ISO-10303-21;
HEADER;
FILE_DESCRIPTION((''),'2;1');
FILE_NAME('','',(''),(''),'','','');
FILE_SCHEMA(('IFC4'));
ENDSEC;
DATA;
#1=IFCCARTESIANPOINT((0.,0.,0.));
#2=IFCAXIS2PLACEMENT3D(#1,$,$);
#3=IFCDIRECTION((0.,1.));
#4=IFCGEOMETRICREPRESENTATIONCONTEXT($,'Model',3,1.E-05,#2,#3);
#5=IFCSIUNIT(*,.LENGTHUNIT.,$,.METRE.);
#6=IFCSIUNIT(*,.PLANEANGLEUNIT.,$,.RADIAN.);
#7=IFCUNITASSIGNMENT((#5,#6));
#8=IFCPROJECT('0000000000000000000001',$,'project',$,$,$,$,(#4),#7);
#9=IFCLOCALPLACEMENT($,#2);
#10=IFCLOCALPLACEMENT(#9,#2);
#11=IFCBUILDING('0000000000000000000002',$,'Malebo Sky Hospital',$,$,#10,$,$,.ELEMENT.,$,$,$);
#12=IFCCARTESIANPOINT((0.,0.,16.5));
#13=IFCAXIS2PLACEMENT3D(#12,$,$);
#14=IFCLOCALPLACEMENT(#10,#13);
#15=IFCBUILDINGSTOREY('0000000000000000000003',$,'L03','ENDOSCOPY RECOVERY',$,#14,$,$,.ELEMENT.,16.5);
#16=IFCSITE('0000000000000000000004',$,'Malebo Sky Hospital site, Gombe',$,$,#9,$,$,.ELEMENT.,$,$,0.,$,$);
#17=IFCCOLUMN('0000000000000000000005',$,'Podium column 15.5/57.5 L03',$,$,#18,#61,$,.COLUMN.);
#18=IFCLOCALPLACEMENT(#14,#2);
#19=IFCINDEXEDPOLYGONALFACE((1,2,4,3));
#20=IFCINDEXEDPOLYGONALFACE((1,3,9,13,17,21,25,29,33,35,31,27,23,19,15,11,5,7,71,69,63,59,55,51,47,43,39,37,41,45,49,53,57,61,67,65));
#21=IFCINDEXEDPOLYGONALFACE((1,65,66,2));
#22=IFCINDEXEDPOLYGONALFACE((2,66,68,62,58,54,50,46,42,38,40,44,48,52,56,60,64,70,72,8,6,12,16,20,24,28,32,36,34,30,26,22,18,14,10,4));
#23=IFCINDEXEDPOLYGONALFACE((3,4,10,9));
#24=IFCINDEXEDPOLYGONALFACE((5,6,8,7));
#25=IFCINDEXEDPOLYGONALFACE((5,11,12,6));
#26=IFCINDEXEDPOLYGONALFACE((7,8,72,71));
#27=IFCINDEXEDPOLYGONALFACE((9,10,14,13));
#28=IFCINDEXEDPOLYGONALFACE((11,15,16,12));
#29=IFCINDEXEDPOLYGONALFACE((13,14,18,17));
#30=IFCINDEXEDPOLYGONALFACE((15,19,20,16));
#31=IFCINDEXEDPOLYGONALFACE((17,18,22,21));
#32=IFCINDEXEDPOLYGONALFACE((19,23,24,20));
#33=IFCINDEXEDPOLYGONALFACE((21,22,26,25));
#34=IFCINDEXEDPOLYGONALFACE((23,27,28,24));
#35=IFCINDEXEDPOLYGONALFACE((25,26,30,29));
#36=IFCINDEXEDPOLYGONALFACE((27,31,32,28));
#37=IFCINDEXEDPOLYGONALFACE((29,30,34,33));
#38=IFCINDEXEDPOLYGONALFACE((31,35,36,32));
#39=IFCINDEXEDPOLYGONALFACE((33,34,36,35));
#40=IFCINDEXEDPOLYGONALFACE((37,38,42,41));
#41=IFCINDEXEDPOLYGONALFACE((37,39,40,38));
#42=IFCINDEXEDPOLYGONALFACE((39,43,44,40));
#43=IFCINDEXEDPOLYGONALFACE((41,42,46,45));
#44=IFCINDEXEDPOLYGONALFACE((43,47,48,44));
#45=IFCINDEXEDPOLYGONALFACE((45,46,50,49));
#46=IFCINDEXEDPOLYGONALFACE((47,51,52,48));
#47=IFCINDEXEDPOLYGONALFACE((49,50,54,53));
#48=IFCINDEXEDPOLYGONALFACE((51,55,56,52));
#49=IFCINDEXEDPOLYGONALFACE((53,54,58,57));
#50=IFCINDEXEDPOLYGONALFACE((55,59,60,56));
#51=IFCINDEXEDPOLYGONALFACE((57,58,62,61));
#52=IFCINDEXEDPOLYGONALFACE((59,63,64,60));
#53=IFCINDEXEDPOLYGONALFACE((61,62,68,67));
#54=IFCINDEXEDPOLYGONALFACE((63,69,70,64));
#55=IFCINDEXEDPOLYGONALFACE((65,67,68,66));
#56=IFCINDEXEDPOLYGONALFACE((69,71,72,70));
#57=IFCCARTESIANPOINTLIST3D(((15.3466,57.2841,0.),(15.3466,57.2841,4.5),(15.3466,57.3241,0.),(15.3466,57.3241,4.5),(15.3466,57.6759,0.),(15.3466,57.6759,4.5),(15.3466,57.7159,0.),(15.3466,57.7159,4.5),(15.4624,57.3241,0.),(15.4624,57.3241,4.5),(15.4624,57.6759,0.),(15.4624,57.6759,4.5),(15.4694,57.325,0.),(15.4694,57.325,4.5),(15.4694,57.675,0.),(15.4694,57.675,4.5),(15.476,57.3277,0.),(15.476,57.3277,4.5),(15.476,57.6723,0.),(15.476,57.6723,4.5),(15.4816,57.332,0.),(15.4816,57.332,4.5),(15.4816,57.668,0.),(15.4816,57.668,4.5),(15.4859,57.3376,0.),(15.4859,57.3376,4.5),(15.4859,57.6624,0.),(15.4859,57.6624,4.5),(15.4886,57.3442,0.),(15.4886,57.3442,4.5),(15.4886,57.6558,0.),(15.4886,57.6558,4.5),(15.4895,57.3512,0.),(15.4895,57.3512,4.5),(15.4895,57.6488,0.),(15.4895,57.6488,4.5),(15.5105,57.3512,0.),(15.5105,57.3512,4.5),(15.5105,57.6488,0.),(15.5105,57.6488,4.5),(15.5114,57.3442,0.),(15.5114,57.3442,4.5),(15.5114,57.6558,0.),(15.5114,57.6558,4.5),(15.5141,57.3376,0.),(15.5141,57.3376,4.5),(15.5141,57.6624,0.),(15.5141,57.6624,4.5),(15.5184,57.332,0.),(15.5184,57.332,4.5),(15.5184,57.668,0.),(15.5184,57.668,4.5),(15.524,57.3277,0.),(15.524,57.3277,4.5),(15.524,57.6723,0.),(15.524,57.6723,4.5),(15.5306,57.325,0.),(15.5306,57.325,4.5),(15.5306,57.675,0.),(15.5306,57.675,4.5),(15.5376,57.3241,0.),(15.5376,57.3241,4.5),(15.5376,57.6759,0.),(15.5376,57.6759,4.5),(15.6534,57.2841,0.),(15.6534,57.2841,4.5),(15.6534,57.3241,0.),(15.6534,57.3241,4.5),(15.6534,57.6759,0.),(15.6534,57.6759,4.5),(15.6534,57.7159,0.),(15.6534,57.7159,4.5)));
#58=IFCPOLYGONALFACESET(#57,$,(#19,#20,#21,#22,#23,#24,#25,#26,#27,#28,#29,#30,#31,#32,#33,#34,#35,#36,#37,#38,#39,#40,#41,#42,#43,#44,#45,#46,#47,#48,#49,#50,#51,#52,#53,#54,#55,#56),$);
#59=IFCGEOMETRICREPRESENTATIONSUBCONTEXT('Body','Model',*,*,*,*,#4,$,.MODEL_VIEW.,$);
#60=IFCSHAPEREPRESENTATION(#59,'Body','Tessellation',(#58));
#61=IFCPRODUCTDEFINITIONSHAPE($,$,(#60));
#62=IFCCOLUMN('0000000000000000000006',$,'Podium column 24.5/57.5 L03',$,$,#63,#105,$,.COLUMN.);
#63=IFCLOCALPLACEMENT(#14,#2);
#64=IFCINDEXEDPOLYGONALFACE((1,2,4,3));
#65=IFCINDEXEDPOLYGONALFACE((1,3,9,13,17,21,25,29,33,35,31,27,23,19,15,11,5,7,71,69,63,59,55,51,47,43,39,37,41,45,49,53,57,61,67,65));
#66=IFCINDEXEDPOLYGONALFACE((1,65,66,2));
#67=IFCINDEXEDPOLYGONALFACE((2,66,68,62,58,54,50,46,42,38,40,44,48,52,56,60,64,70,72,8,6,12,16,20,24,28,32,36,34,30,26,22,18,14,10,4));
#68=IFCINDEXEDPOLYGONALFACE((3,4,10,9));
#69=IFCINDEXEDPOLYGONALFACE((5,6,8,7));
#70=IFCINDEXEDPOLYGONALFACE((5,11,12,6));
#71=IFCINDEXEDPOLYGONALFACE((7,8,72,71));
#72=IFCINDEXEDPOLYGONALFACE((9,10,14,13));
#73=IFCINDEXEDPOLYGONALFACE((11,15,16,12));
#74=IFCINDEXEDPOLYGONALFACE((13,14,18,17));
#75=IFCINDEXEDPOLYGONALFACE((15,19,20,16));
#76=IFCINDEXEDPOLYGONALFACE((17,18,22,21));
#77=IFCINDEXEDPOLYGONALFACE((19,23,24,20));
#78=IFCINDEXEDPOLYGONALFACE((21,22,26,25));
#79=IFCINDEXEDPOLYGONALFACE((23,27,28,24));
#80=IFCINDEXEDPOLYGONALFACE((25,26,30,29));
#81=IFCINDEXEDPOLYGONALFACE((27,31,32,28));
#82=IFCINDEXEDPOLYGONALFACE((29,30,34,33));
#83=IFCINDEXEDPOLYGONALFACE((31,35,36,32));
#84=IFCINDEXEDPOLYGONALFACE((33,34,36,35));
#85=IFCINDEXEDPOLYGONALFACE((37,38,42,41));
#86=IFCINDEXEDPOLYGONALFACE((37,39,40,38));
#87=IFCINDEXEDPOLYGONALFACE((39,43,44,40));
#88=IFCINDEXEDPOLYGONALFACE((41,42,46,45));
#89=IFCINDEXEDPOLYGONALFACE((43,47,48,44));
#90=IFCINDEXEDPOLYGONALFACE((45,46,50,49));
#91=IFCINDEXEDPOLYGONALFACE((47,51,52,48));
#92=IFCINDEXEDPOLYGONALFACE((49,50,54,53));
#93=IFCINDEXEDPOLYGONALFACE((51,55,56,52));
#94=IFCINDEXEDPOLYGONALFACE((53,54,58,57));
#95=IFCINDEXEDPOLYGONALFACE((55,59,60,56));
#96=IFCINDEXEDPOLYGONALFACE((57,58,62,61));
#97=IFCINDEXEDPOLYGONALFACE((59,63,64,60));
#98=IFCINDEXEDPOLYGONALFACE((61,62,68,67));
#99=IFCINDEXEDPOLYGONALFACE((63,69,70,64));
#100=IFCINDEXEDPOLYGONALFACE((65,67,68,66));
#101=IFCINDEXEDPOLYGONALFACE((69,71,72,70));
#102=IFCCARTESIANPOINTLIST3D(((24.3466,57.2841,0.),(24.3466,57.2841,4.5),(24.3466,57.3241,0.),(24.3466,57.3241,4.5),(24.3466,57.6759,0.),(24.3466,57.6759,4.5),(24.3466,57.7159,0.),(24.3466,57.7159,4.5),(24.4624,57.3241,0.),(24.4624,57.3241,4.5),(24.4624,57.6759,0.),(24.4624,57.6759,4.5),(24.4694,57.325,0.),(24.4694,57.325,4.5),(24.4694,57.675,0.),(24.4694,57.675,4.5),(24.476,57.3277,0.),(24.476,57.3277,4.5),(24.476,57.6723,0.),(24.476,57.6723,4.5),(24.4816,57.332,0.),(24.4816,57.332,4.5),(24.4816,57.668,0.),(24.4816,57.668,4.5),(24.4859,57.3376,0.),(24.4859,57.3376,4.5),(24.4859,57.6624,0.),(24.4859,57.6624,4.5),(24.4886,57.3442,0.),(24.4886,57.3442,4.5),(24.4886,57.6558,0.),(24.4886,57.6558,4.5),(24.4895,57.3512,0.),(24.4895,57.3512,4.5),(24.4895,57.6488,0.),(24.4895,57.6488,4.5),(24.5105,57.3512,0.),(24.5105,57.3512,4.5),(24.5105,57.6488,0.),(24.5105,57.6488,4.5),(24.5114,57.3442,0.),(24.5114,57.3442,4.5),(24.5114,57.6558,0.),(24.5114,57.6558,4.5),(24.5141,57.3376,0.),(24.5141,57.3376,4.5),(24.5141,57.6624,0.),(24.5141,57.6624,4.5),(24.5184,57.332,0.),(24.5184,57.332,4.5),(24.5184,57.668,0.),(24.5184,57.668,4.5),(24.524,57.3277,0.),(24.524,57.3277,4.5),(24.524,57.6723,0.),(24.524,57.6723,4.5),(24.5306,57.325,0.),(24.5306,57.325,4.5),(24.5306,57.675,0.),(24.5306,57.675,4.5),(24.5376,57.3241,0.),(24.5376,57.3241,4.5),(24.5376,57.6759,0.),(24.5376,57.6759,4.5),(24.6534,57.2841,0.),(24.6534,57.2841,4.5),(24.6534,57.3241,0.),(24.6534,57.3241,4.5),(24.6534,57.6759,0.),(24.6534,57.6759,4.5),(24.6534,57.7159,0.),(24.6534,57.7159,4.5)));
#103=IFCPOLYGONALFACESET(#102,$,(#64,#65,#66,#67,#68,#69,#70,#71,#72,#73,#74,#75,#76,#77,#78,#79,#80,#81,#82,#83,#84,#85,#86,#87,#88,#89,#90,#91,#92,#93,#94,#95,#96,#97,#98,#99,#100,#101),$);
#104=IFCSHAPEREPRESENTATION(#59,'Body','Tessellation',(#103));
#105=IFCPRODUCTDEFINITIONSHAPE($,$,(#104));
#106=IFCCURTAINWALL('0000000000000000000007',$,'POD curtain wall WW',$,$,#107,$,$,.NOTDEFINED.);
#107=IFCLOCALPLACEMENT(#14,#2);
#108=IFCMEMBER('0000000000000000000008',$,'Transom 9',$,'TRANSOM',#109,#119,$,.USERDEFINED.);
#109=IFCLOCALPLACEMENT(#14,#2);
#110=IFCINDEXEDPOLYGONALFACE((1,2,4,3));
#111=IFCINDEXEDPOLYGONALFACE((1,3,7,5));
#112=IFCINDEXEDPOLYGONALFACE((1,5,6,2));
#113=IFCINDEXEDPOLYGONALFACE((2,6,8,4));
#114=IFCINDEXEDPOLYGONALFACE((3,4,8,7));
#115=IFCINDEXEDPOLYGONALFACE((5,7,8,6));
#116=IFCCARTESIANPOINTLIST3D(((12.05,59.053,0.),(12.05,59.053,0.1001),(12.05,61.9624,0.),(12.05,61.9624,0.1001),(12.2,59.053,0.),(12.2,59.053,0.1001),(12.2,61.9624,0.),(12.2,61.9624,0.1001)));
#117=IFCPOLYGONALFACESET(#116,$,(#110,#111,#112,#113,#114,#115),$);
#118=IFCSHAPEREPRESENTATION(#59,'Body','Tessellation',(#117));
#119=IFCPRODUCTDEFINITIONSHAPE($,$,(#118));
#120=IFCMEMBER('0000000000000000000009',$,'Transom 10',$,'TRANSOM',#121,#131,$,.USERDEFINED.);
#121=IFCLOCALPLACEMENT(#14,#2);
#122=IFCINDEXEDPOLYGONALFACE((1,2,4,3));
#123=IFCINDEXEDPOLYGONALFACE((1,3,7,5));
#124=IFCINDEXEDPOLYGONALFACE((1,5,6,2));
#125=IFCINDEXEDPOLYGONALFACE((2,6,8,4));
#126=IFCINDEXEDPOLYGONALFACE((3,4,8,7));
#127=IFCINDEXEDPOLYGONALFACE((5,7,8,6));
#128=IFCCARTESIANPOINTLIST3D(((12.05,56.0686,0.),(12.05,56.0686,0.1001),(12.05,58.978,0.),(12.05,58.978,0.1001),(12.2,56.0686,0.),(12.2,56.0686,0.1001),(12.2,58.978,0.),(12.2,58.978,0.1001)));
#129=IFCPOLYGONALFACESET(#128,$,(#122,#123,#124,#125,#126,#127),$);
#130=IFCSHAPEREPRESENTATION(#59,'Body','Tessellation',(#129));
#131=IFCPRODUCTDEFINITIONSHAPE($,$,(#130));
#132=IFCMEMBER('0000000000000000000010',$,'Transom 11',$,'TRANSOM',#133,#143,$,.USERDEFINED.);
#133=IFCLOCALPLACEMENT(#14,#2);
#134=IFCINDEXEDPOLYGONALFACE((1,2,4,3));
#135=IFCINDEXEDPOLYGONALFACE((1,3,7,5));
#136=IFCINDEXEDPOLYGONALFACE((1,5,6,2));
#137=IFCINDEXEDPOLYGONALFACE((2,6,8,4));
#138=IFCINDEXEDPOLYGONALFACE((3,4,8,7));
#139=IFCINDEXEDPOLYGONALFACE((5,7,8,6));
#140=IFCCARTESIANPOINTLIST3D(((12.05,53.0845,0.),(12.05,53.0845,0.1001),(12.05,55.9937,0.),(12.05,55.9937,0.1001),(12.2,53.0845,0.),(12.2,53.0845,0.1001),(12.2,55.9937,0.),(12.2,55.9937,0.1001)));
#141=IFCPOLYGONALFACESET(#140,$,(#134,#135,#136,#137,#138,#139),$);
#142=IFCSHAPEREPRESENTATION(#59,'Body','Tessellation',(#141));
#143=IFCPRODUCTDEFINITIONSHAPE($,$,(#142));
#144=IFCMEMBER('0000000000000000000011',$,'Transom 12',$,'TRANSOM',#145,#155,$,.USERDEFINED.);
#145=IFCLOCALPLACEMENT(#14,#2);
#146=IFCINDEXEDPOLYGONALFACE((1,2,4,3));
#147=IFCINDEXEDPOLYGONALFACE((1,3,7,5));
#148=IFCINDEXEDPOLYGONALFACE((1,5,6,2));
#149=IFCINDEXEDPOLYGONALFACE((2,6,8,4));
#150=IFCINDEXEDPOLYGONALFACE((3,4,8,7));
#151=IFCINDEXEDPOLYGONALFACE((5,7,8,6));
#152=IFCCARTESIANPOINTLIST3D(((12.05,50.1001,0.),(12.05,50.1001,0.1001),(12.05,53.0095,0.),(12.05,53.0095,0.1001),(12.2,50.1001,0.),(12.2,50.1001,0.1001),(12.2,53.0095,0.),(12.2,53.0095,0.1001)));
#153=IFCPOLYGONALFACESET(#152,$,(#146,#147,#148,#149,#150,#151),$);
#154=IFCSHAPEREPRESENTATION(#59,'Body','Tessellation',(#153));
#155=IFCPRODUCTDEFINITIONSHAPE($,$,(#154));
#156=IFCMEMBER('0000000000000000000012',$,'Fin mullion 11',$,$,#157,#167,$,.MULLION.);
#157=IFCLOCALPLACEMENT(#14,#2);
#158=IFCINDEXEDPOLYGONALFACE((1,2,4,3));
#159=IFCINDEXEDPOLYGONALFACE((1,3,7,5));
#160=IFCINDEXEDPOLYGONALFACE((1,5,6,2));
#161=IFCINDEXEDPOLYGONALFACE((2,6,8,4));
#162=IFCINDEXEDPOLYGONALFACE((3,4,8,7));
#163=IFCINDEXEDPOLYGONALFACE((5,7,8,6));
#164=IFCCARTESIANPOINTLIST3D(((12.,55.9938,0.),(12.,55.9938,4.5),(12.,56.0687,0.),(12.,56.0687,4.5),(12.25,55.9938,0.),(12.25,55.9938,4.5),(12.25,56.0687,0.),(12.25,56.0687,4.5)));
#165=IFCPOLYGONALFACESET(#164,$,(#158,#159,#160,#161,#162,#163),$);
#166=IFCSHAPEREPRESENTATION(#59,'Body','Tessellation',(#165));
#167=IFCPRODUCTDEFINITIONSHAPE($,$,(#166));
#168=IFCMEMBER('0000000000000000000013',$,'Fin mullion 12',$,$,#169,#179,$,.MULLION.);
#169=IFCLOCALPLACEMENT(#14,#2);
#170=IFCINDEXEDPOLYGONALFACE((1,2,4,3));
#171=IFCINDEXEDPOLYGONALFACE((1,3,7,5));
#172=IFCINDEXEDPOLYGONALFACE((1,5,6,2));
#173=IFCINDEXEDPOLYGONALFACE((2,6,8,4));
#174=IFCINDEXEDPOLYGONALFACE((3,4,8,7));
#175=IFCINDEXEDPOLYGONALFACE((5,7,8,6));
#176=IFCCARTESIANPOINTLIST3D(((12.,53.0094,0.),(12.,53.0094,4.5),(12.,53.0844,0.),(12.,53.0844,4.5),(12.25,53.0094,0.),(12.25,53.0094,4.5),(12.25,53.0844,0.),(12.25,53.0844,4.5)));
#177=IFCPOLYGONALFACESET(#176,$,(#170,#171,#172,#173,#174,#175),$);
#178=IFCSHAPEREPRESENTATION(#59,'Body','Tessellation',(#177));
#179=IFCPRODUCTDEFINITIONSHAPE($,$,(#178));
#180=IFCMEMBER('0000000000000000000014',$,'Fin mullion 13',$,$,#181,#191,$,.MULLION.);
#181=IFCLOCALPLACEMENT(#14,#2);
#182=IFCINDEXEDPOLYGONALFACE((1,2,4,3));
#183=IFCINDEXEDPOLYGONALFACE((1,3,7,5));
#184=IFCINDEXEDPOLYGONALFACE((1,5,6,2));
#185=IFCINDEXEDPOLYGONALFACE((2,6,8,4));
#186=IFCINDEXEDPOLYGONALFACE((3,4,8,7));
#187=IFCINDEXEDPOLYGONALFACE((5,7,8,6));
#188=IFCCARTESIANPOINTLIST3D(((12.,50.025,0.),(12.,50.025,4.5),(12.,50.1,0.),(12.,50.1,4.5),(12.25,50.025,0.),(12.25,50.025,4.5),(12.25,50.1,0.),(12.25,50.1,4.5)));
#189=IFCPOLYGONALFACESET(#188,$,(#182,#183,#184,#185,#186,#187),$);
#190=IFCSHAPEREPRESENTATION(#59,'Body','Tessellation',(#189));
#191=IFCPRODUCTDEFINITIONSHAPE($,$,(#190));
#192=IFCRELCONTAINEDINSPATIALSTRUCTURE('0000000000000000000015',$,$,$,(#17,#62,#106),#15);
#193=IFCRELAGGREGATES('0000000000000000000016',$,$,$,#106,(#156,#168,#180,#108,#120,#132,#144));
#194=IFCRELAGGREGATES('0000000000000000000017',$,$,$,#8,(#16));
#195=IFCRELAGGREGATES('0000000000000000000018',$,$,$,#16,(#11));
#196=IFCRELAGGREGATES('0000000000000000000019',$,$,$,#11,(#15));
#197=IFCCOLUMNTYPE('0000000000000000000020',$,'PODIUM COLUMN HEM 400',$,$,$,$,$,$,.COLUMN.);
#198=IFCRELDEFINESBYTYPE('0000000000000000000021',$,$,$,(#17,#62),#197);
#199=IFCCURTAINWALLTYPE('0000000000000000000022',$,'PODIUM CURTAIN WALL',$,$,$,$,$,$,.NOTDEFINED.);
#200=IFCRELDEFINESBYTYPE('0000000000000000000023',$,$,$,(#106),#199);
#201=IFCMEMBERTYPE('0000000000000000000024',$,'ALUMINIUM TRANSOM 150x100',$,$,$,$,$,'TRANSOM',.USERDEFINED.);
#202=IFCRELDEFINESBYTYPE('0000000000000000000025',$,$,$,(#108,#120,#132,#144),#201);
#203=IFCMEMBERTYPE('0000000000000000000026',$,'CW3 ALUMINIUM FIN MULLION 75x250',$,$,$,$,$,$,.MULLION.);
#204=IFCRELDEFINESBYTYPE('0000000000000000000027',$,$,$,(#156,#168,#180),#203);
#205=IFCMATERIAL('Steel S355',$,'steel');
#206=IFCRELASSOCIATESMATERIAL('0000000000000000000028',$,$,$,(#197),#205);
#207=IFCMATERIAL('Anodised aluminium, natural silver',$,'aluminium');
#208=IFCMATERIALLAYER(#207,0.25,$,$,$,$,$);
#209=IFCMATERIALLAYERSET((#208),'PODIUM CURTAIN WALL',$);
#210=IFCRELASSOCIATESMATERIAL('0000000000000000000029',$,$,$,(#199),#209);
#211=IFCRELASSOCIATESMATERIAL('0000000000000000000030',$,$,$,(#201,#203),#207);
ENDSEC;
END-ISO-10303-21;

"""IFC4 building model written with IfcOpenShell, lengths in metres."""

from ifc_helpers import new_model, si_unit, direction, frame, origin, origin_2d, place, context, subcontext, project, spatial, rectangle, i_section, extrude, material, layer, layer_set, material_profile, profile_set, type_object, element, aggregate, save


model = new_model("IFC4")

# Units and contexts
model_context = context("Model", 3, precision=1e-05, world=origin(), true_north=direction((0.0, 1.0)))
body_context = subcontext(model_context, "Body", "Model", "MODEL_VIEW")
ifc_project = project(units=[si_unit("LENGTHUNIT", "METRE"), si_unit("PLANEANGLEUNIT", "RADIAN")], contexts=[model_context])

# Site, building, storey
site_placement = place(None, origin())
site = spatial("IfcSite", under=ifc_project, at=site_placement, Name="Malebo Sky Hospital site, Gombe", CompositionType="ELEMENT", RefElevation=0.0)
building_placement = place(site_placement, origin())
building = spatial("IfcBuilding", under=site, at=building_placement, Name="Malebo Sky Hospital", CompositionType="ELEMENT")
storey_placement = place(building_placement, frame((0.0, 0.0, 16.5)))
storey = spatial("IfcBuildingStorey", under=building, at=storey_placement, Name="L03", Description="ENDOSCOPY RECOVERY", CompositionType="ELEMENT", Elevation=16.5)

# Columns
ifc_material_1 = material(Name="Steel S355", Category="steel")
ifc_material_profile_1 = material_profile(ifc_material_1, i_section(OverallWidth=0.3069, OverallDepth=0.4319, WebThickness=0.021, FlangeThickness=0.04, FilletRadius=0.0271, at=origin_2d()), Name="HEM 400")
ifc_profile_set_1 = profile_set([ifc_material_profile_1], Name="Steel S355")
column_type = type_object("IfcColumnType", Name="PODIUM COLUMN HEM 400", PredefinedType="COLUMN", material=ifc_profile_set_1)
for number, where, z_axis, x_axis, name in (
    (1, (15.5, 57.5, 0.0), (0.0, 0.0, 1.0), (1.0, 0.0, 0.0), "Podium column 15.5/57.5 L03"),
    (2, (24.5, 57.5, 0.0), (0.0, 0.0, 1.0), (1.0, 0.0, 0.0), "Podium column 24.5/57.5 L03"),
):
    element("IfcColumn", number, at=place(storey_placement, frame(where, z_axis=z_axis, x_axis=x_axis)), inside=storey, type_object=column_type, Name=name, PredefinedType="COLUMN", context=body_context, shape_type="SweptSolid", body=[
        extrude(i_section(OverallWidth=0.3069, OverallDepth=0.4319, WebThickness=0.021, FlangeThickness=0.04, FilletRadius=0.0271, at=origin_2d()), origin(), (0.0, 0.0, 1.0), 4.5),
    ])

# Curtain wall, members
ifc_material_2 = material(Name="Anodised aluminium, natural silver", Category="aluminium")
ifc_layer_1 = layer(ifc_material_2, 0.25)
ifc_layer_set_1 = layer_set([ifc_layer_1], Name="PODIUM CURTAIN WALL")
curtain_wall_type = type_object("IfcCurtainWallType", Name="PODIUM CURTAIN WALL", PredefinedType="NOTDEFINED", material=ifc_layer_set_1)
curtain_wall_placement = place(storey_placement, origin())
curtain_wall = element("IfcCurtainWall", 3, at=curtain_wall_placement, inside=storey, type_object=curtain_wall_type, Name="POD curtain wall WW", PredefinedType="NOTDEFINED")
ifc_material_profile_2 = material_profile(ifc_material_2, rectangle(XDim=0.1499, YDim=0.1001, at=origin_2d()), Name="ALUMINIUM TRANSOM 150x100")
ifc_profile_set_2 = profile_set([ifc_material_profile_2], Name="Anodised aluminium, natural silver")
member_type_1 = type_object("IfcMemberType", Name="ALUMINIUM TRANSOM 150x100", ElementType="TRANSOM", PredefinedType="USERDEFINED", material=ifc_profile_set_2)
member_1_placement = place(storey_placement, frame((12.125, 61.9624, 0.05), z_axis=(0.0, -1.0, 0.0), x_axis=(1.0, 0.0, 0.0)))
member_1 = element("IfcMember", 4, at=member_1_placement, type_object=member_type_1, Name="Transom 9", ObjectType="TRANSOM", PredefinedType="USERDEFINED", context=body_context, shape_type="SweptSolid", body=[
    extrude(rectangle(XDim=0.1499, YDim=0.1001, at=origin_2d()), origin(), (0.0, 0.0, 1.0), 2.9094),
])
member_2_placement = place(storey_placement, frame((12.125, 58.978, 0.05), z_axis=(0.0, -1.0, 0.0), x_axis=(1.0, 0.0, 0.0)))
member_2 = element("IfcMember", 5, at=member_2_placement, type_object=member_type_1, Name="Transom 10", ObjectType="TRANSOM", PredefinedType="USERDEFINED", context=body_context, shape_type="SweptSolid", body=[
    extrude(rectangle(XDim=0.1499, YDim=0.1001, at=origin_2d()), origin(), (0.0, 0.0, 1.0), 2.9094),
])
member_3_placement = place(storey_placement, frame((12.125, 55.9937, 0.05), z_axis=(0.0, -1.0, 0.0), x_axis=(1.0, 0.0, 0.0)))
member_3 = element("IfcMember", 6, at=member_3_placement, type_object=member_type_1, Name="Transom 11", ObjectType="TRANSOM", PredefinedType="USERDEFINED", context=body_context, shape_type="SweptSolid", body=[
    extrude(rectangle(XDim=0.1499, YDim=0.1001, at=origin_2d()), origin(), (0.0, 0.0, 1.0), 2.9092),
])
member_4_placement = place(storey_placement, frame((12.125, 53.0095, 0.05), z_axis=(0.0, -1.0, 0.0), x_axis=(1.0, 0.0, 0.0)))
member_4 = element("IfcMember", 7, at=member_4_placement, type_object=member_type_1, Name="Transom 12", ObjectType="TRANSOM", PredefinedType="USERDEFINED", context=body_context, shape_type="SweptSolid", body=[
    extrude(rectangle(XDim=0.1499, YDim=0.1001, at=origin_2d()), origin(), (0.0, 0.0, 1.0), 2.9094),
])
ifc_material_profile_3 = material_profile(ifc_material_2, rectangle(XDim=0.075, YDim=0.25, at=origin_2d()), Name="CW3 ALUMINIUM FIN MULLION 75x250")
ifc_profile_set_3 = profile_set([ifc_material_profile_3], Name="Anodised aluminium, natural silver")
member_type_2 = type_object("IfcMemberType", Name="CW3 ALUMINIUM FIN MULLION 75x250", PredefinedType="MULLION", material=ifc_profile_set_3)
member_5_placement = place(storey_placement, frame((12.125, 56.0312, 0.0), z_axis=(0.0, 0.0, 1.0), x_axis=(0.0, -1.0, 0.0)))
member_5 = element("IfcMember", 8, at=member_5_placement, type_object=member_type_2, Name="Fin mullion 11", PredefinedType="MULLION", context=body_context, shape_type="SweptSolid", body=[
    extrude(rectangle(XDim=0.075, YDim=0.25, at=origin_2d()), origin(), (0.0, 0.0, 1.0), 4.5),
])
member_6_placement = place(storey_placement, frame((12.125, 53.0469, 0.0), z_axis=(0.0, 0.0, 1.0), x_axis=(0.0, -1.0, 0.0)))
member_6 = element("IfcMember", 9, at=member_6_placement, type_object=member_type_2, Name="Fin mullion 12", PredefinedType="MULLION", context=body_context, shape_type="SweptSolid", body=[
    extrude(rectangle(XDim=0.075, YDim=0.25, at=origin_2d()), origin(), (0.0, 0.0, 1.0), 4.5),
])
member_7_placement = place(storey_placement, frame((12.125, 50.0625, 0.0), z_axis=(0.0, 0.0, 1.0), x_axis=(0.0, -1.0, 0.0)))
member_7 = element("IfcMember", 10, at=member_7_placement, type_object=member_type_2, Name="Fin mullion 13", PredefinedType="MULLION", context=body_context, shape_type="SweptSolid", body=[
    extrude(rectangle(XDim=0.075, YDim=0.25, at=origin_2d()), origin(), (0.0, 0.0, 1.0), 4.5),
])

aggregate(curtain_wall, [member_5, member_6, member_7, member_1, member_2, member_3, member_4])

save(model, "model.ifc")
